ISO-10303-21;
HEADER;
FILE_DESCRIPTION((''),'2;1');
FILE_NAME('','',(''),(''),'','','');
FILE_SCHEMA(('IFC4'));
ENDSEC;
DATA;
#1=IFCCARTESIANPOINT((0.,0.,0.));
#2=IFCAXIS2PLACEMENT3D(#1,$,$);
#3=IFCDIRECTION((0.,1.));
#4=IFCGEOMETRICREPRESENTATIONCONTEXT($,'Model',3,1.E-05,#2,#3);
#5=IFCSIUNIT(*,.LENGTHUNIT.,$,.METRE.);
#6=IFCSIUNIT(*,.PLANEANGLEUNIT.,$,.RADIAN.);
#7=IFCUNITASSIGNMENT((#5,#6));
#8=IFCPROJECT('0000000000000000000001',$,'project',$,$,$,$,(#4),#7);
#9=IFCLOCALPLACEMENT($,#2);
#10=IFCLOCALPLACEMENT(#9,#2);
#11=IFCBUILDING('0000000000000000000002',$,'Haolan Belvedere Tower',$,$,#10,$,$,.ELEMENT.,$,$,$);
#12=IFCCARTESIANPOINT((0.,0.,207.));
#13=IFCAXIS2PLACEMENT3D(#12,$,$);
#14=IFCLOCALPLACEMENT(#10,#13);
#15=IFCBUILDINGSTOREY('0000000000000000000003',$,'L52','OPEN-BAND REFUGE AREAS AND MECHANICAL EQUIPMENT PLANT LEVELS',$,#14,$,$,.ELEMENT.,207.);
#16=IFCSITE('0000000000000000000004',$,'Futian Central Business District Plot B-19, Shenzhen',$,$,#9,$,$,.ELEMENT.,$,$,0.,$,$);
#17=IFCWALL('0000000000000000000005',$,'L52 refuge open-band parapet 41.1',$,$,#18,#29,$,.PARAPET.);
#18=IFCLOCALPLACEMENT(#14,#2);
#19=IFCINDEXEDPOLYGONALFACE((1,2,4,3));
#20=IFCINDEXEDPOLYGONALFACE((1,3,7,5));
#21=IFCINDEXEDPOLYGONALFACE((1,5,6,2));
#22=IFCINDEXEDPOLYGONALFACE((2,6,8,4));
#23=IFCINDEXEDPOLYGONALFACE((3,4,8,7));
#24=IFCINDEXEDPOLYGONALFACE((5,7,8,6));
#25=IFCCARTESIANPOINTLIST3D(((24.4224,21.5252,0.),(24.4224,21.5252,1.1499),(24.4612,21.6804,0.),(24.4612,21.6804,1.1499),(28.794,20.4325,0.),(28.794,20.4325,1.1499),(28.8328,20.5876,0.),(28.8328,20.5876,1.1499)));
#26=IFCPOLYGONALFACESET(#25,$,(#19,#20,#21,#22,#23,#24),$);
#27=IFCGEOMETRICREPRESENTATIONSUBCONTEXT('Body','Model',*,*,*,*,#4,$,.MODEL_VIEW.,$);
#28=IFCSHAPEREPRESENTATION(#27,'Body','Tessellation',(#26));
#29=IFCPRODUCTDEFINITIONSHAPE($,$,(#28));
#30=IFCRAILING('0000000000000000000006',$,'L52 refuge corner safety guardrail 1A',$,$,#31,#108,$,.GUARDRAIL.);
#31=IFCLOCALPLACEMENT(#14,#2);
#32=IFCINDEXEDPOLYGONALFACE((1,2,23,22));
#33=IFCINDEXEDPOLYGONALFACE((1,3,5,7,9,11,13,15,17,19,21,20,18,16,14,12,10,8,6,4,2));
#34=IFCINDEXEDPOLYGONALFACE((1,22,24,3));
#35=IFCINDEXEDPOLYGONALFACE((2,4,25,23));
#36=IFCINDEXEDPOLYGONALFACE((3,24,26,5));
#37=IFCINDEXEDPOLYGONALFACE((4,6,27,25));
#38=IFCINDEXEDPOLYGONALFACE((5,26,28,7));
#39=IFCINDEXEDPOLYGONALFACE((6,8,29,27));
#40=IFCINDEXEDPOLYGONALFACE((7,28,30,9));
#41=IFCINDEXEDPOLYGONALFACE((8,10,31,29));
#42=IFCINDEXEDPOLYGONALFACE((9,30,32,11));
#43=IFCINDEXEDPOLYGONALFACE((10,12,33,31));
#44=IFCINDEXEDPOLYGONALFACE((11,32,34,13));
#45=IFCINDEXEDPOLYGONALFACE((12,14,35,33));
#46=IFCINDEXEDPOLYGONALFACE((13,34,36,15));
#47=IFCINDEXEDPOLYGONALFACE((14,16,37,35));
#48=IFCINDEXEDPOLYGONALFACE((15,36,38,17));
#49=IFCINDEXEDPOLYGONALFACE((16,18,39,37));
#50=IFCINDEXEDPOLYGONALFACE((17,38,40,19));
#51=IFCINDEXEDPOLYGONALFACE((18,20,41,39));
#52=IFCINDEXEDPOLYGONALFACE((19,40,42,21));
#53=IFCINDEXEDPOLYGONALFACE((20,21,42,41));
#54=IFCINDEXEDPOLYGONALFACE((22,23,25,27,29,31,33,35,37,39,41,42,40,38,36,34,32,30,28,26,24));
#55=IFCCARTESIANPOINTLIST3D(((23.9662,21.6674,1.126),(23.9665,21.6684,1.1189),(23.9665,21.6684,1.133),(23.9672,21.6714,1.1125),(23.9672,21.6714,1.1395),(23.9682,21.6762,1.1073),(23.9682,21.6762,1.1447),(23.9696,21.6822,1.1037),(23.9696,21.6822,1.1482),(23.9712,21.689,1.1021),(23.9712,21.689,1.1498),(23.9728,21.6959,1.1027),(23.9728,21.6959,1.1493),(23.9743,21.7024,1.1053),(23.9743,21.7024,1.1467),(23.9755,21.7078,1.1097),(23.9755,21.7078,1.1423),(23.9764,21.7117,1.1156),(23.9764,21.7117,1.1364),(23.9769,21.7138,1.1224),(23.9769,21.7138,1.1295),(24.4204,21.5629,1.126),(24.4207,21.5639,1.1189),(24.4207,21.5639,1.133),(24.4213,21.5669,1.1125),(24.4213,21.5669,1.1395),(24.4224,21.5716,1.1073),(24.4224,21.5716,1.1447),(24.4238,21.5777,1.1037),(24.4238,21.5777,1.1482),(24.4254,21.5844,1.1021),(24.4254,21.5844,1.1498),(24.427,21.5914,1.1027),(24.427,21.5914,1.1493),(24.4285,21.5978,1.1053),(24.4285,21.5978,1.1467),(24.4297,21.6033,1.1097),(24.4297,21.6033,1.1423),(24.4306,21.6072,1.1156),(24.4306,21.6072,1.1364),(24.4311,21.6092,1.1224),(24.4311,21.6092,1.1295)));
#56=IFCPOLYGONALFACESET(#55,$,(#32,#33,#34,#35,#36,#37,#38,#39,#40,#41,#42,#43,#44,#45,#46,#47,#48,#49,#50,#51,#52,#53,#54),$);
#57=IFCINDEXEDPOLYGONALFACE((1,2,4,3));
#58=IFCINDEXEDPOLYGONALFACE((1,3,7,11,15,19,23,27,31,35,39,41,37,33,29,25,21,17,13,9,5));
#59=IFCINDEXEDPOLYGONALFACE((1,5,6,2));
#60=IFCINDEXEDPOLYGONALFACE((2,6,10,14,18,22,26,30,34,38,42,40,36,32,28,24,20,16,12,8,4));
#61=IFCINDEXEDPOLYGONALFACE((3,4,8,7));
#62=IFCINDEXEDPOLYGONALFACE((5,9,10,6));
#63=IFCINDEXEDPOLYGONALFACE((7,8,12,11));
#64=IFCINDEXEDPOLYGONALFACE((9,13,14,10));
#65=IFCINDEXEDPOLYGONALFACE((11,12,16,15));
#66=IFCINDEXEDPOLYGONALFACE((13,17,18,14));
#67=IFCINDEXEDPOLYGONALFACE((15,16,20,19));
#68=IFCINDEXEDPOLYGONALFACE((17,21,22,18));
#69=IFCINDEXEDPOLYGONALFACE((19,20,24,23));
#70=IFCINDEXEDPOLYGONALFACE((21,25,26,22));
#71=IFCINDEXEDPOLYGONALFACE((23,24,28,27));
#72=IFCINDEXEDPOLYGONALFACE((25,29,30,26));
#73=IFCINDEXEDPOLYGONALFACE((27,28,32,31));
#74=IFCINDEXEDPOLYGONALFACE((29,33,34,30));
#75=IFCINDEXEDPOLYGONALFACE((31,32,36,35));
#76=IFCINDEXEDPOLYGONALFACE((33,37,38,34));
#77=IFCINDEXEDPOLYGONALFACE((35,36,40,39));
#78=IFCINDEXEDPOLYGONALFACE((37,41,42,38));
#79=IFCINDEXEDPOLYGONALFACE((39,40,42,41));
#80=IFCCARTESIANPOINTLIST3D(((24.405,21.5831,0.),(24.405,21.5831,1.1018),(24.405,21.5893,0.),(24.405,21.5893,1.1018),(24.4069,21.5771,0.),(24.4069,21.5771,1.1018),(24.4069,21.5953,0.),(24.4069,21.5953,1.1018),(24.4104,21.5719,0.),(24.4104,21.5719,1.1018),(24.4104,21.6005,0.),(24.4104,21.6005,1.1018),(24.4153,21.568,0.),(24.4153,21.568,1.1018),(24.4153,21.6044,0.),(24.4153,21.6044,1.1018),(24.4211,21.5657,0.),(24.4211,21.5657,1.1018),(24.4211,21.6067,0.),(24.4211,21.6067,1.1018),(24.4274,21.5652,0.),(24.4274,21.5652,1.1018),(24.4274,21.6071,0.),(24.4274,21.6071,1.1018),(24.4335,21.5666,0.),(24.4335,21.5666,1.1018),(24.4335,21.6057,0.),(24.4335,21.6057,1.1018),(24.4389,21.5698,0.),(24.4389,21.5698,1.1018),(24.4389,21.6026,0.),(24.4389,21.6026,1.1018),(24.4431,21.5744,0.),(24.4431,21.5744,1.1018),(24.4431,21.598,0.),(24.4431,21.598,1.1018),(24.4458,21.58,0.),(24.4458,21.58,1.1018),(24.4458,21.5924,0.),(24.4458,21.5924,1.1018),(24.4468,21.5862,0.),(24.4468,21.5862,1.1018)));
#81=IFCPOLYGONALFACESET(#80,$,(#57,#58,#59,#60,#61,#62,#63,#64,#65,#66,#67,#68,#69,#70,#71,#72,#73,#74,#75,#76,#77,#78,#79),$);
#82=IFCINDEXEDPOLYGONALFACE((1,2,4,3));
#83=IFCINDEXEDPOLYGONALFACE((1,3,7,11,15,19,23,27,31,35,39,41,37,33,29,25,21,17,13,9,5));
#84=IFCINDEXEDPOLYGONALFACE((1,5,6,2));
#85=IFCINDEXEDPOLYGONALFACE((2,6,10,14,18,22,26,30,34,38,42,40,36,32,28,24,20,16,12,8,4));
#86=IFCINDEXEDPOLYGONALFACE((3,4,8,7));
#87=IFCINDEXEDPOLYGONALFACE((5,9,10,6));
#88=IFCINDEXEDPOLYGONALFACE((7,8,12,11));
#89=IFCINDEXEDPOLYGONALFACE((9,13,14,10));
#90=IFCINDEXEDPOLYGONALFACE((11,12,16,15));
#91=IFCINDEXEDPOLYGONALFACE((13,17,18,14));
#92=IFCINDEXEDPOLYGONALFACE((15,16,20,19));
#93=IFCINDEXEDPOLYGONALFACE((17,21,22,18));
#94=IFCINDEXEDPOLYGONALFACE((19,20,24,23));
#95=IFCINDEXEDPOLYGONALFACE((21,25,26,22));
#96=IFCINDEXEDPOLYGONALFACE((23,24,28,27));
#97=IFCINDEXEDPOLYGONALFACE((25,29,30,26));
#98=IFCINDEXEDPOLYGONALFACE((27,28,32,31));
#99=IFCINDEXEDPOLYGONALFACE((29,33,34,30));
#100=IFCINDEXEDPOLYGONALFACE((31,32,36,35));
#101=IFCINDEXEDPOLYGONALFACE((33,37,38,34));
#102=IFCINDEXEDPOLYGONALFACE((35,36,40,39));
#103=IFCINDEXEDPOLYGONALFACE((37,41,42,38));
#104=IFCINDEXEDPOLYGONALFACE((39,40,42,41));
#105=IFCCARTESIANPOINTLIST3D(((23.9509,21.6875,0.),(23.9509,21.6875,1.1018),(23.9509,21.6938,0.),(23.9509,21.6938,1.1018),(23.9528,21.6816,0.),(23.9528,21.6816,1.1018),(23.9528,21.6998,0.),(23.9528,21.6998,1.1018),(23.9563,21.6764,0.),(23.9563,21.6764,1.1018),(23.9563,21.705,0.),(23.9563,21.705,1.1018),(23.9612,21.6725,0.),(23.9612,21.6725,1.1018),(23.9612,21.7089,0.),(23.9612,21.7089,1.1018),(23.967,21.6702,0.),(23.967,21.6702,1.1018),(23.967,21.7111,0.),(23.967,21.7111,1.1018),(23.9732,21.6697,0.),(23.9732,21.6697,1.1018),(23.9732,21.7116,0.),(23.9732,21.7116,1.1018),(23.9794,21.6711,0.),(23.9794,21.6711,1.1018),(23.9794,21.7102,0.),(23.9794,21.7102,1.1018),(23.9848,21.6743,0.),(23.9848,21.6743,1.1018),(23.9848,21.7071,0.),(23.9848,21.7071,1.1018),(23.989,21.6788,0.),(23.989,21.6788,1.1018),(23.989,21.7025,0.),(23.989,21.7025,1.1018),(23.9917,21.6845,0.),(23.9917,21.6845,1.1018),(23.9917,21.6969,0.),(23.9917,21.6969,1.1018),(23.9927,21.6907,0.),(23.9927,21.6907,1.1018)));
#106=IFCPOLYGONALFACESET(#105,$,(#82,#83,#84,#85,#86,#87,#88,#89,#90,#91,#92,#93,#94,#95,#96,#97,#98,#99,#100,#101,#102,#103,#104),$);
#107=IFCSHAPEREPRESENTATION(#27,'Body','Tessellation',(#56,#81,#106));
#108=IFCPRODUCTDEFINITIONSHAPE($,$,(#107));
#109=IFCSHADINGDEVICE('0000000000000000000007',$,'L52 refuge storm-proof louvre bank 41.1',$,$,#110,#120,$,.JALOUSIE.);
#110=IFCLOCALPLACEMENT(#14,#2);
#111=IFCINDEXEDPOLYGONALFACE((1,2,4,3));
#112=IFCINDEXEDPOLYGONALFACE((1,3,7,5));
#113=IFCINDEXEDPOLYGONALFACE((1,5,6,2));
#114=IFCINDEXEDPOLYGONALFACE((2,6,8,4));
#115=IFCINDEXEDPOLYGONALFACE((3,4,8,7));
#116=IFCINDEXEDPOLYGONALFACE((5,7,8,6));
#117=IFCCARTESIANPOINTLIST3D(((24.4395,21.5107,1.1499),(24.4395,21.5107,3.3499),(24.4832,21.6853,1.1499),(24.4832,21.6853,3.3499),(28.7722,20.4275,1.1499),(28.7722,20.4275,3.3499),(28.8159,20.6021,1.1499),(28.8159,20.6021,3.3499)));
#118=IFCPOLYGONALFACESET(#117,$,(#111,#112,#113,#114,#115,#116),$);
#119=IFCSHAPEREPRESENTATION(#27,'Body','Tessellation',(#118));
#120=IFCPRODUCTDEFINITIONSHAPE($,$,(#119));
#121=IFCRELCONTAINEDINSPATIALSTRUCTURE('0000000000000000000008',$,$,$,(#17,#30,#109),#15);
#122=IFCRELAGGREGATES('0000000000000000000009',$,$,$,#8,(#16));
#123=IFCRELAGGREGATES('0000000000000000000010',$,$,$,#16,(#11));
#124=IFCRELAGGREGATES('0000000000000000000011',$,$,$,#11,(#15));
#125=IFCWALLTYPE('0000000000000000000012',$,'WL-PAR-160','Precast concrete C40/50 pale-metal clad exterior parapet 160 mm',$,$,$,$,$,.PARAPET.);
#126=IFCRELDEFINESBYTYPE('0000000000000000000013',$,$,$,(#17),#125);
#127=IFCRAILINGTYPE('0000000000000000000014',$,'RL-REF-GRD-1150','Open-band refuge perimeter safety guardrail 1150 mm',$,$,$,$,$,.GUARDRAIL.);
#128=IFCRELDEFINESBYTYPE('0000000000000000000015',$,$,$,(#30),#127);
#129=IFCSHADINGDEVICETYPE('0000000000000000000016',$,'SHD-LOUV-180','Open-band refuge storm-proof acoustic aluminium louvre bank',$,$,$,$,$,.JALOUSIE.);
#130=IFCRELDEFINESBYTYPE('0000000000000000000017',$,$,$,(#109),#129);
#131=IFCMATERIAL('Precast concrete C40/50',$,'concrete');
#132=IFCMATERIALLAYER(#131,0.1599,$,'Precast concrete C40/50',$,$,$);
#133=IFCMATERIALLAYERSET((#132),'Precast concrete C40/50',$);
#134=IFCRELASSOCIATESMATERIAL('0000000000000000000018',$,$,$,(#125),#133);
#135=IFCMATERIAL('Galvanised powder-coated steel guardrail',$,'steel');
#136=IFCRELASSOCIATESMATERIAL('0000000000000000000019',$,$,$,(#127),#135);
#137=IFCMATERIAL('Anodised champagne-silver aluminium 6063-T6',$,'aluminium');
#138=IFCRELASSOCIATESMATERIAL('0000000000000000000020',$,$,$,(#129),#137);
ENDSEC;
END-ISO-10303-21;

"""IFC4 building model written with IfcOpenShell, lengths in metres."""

from ifc_helpers import new_model, si_unit, direction, frame, frame_2d, origin, origin_2d, place, context, subcontext, project, spatial, rectangle, circle, extrude, material, layer, layer_set, type_object, element, save


model = new_model("IFC4")

# Units and contexts
model_context = context("Model", 3, precision=1e-05, world=origin(), true_north=direction((0.0, 1.0)))
body_context = subcontext(model_context, "Body", "Model", "MODEL_VIEW")
ifc_project = project(units=[si_unit("LENGTHUNIT", "METRE"), si_unit("PLANEANGLEUNIT", "RADIAN")], contexts=[model_context])

# Site, building, storey
site_placement = place(None, origin())
site = spatial("IfcSite", under=ifc_project, at=site_placement, Name="Futian Central Business District Plot B-19, Shenzhen", CompositionType="ELEMENT", RefElevation=0.0)
building_placement = place(site_placement, origin())
building = spatial("IfcBuilding", under=site, at=building_placement, Name="Haolan Belvedere Tower", CompositionType="ELEMENT")
storey_placement = place(building_placement, frame((0.0, 0.0, 207.0)))
storey = spatial("IfcBuildingStorey", under=building, at=storey_placement, Name="L52", Description="OPEN-BAND REFUGE AREAS AND MECHANICAL EQUIPMENT PLANT LEVELS", CompositionType="ELEMENT", Elevation=207.0)

# Wall
ifc_material_1 = material(Name="Precast concrete C40/50", Category="concrete")
ifc_layer_1 = layer(ifc_material_1, 0.1599, Name="Precast concrete C40/50")
ifc_layer_set_1 = layer_set([ifc_layer_1], Name="Precast concrete C40/50")
wall_type_1 = type_object("IfcWallType", Name="WL-PAR-160", Description="Precast concrete C40/50 pale-metal clad exterior parapet 160 mm", PredefinedType="PARAPET", material=ifc_layer_set_1)
wall_1_placement = place(storey_placement, frame((24.4419, 21.6028, 0.0), z_axis=(0.0, 0.0, 1.0), x_axis=(0.970149, -0.24251, 0.0)))
element("IfcWall", 1, at=wall_1_placement, inside=storey, type_object=wall_type_1, Name="L52 refuge open-band parapet 41.1", PredefinedType="PARAPET", context=body_context, shape_type="SweptSolid", body=[
    extrude(rectangle(XDim=4.5061, YDim=0.1599, at=frame_2d((2.2529, 0.0))), origin(), (0.0, 0.0, 1.0), 1.1499),
])

# Railing
ifc_material_2 = material(Name="Galvanised powder-coated steel guardrail", Category="steel")
railing_type = type_object("IfcRailingType", Name="RL-REF-GRD-1150", Description="Open-band refuge perimeter safety guardrail 1150 mm", PredefinedType="GUARDRAIL", material=ifc_material_2)
railing_placement = place(storey_placement, frame((24.4258, 21.5862, 0.0)))
element("IfcRailing", 2, at=railing_placement, inside=storey, type_object=railing_type, Name="L52 refuge corner safety guardrail 1A", PredefinedType="GUARDRAIL", context=body_context, shape_type="SweptSolid", body=[
    extrude(circle(Radius=0.0239, at=origin_2d()), frame((0.0, 0.0, 1.126), z_axis=(-0.974532, 0.224247, 0.0), x_axis=(-0.224247, -0.974532, 0.0)), (0.0, 0.0, 1.0), 0.4661),
    extrude(circle(Radius=0.021, at=origin_2d()), origin(), (0.0, 0.0, 1.0), 1.1018),
    extrude(circle(Radius=0.021, at=origin_2d()), frame((-0.4541, 0.1045, 0.0)), (0.0, 0.0, 1.0), 1.1018),
])

# Shading device
ifc_material_3 = material(Name="Anodised champagne-silver aluminium 6063-T6", Category="aluminium")
shading_device_type = type_object("IfcShadingDeviceType", Name="SHD-LOUV-180", Description="Open-band refuge storm-proof acoustic aluminium louvre bank", PredefinedType="JALOUSIE", material=ifc_material_3)
shading_device_placement = place(storey_placement, frame((26.6277, 21.0564, 1.1499), z_axis=(0.0, 0.0, 1.0), x_axis=(0.970139, -0.242548, 0.0)))
element("IfcShadingDevice", 3, at=shading_device_placement, inside=storey, type_object=shading_device_type, Name="L52 refuge storm-proof louvre bank 41.1", PredefinedType="JALOUSIE", context=body_context, shape_type="SweptSolid", body=[
    extrude(rectangle(XDim=4.4661, YDim=0.1799, at=origin_2d()), origin(), (0.0, 0.0, 1.0), 2.2),
])

save(model, "model.ifc")
